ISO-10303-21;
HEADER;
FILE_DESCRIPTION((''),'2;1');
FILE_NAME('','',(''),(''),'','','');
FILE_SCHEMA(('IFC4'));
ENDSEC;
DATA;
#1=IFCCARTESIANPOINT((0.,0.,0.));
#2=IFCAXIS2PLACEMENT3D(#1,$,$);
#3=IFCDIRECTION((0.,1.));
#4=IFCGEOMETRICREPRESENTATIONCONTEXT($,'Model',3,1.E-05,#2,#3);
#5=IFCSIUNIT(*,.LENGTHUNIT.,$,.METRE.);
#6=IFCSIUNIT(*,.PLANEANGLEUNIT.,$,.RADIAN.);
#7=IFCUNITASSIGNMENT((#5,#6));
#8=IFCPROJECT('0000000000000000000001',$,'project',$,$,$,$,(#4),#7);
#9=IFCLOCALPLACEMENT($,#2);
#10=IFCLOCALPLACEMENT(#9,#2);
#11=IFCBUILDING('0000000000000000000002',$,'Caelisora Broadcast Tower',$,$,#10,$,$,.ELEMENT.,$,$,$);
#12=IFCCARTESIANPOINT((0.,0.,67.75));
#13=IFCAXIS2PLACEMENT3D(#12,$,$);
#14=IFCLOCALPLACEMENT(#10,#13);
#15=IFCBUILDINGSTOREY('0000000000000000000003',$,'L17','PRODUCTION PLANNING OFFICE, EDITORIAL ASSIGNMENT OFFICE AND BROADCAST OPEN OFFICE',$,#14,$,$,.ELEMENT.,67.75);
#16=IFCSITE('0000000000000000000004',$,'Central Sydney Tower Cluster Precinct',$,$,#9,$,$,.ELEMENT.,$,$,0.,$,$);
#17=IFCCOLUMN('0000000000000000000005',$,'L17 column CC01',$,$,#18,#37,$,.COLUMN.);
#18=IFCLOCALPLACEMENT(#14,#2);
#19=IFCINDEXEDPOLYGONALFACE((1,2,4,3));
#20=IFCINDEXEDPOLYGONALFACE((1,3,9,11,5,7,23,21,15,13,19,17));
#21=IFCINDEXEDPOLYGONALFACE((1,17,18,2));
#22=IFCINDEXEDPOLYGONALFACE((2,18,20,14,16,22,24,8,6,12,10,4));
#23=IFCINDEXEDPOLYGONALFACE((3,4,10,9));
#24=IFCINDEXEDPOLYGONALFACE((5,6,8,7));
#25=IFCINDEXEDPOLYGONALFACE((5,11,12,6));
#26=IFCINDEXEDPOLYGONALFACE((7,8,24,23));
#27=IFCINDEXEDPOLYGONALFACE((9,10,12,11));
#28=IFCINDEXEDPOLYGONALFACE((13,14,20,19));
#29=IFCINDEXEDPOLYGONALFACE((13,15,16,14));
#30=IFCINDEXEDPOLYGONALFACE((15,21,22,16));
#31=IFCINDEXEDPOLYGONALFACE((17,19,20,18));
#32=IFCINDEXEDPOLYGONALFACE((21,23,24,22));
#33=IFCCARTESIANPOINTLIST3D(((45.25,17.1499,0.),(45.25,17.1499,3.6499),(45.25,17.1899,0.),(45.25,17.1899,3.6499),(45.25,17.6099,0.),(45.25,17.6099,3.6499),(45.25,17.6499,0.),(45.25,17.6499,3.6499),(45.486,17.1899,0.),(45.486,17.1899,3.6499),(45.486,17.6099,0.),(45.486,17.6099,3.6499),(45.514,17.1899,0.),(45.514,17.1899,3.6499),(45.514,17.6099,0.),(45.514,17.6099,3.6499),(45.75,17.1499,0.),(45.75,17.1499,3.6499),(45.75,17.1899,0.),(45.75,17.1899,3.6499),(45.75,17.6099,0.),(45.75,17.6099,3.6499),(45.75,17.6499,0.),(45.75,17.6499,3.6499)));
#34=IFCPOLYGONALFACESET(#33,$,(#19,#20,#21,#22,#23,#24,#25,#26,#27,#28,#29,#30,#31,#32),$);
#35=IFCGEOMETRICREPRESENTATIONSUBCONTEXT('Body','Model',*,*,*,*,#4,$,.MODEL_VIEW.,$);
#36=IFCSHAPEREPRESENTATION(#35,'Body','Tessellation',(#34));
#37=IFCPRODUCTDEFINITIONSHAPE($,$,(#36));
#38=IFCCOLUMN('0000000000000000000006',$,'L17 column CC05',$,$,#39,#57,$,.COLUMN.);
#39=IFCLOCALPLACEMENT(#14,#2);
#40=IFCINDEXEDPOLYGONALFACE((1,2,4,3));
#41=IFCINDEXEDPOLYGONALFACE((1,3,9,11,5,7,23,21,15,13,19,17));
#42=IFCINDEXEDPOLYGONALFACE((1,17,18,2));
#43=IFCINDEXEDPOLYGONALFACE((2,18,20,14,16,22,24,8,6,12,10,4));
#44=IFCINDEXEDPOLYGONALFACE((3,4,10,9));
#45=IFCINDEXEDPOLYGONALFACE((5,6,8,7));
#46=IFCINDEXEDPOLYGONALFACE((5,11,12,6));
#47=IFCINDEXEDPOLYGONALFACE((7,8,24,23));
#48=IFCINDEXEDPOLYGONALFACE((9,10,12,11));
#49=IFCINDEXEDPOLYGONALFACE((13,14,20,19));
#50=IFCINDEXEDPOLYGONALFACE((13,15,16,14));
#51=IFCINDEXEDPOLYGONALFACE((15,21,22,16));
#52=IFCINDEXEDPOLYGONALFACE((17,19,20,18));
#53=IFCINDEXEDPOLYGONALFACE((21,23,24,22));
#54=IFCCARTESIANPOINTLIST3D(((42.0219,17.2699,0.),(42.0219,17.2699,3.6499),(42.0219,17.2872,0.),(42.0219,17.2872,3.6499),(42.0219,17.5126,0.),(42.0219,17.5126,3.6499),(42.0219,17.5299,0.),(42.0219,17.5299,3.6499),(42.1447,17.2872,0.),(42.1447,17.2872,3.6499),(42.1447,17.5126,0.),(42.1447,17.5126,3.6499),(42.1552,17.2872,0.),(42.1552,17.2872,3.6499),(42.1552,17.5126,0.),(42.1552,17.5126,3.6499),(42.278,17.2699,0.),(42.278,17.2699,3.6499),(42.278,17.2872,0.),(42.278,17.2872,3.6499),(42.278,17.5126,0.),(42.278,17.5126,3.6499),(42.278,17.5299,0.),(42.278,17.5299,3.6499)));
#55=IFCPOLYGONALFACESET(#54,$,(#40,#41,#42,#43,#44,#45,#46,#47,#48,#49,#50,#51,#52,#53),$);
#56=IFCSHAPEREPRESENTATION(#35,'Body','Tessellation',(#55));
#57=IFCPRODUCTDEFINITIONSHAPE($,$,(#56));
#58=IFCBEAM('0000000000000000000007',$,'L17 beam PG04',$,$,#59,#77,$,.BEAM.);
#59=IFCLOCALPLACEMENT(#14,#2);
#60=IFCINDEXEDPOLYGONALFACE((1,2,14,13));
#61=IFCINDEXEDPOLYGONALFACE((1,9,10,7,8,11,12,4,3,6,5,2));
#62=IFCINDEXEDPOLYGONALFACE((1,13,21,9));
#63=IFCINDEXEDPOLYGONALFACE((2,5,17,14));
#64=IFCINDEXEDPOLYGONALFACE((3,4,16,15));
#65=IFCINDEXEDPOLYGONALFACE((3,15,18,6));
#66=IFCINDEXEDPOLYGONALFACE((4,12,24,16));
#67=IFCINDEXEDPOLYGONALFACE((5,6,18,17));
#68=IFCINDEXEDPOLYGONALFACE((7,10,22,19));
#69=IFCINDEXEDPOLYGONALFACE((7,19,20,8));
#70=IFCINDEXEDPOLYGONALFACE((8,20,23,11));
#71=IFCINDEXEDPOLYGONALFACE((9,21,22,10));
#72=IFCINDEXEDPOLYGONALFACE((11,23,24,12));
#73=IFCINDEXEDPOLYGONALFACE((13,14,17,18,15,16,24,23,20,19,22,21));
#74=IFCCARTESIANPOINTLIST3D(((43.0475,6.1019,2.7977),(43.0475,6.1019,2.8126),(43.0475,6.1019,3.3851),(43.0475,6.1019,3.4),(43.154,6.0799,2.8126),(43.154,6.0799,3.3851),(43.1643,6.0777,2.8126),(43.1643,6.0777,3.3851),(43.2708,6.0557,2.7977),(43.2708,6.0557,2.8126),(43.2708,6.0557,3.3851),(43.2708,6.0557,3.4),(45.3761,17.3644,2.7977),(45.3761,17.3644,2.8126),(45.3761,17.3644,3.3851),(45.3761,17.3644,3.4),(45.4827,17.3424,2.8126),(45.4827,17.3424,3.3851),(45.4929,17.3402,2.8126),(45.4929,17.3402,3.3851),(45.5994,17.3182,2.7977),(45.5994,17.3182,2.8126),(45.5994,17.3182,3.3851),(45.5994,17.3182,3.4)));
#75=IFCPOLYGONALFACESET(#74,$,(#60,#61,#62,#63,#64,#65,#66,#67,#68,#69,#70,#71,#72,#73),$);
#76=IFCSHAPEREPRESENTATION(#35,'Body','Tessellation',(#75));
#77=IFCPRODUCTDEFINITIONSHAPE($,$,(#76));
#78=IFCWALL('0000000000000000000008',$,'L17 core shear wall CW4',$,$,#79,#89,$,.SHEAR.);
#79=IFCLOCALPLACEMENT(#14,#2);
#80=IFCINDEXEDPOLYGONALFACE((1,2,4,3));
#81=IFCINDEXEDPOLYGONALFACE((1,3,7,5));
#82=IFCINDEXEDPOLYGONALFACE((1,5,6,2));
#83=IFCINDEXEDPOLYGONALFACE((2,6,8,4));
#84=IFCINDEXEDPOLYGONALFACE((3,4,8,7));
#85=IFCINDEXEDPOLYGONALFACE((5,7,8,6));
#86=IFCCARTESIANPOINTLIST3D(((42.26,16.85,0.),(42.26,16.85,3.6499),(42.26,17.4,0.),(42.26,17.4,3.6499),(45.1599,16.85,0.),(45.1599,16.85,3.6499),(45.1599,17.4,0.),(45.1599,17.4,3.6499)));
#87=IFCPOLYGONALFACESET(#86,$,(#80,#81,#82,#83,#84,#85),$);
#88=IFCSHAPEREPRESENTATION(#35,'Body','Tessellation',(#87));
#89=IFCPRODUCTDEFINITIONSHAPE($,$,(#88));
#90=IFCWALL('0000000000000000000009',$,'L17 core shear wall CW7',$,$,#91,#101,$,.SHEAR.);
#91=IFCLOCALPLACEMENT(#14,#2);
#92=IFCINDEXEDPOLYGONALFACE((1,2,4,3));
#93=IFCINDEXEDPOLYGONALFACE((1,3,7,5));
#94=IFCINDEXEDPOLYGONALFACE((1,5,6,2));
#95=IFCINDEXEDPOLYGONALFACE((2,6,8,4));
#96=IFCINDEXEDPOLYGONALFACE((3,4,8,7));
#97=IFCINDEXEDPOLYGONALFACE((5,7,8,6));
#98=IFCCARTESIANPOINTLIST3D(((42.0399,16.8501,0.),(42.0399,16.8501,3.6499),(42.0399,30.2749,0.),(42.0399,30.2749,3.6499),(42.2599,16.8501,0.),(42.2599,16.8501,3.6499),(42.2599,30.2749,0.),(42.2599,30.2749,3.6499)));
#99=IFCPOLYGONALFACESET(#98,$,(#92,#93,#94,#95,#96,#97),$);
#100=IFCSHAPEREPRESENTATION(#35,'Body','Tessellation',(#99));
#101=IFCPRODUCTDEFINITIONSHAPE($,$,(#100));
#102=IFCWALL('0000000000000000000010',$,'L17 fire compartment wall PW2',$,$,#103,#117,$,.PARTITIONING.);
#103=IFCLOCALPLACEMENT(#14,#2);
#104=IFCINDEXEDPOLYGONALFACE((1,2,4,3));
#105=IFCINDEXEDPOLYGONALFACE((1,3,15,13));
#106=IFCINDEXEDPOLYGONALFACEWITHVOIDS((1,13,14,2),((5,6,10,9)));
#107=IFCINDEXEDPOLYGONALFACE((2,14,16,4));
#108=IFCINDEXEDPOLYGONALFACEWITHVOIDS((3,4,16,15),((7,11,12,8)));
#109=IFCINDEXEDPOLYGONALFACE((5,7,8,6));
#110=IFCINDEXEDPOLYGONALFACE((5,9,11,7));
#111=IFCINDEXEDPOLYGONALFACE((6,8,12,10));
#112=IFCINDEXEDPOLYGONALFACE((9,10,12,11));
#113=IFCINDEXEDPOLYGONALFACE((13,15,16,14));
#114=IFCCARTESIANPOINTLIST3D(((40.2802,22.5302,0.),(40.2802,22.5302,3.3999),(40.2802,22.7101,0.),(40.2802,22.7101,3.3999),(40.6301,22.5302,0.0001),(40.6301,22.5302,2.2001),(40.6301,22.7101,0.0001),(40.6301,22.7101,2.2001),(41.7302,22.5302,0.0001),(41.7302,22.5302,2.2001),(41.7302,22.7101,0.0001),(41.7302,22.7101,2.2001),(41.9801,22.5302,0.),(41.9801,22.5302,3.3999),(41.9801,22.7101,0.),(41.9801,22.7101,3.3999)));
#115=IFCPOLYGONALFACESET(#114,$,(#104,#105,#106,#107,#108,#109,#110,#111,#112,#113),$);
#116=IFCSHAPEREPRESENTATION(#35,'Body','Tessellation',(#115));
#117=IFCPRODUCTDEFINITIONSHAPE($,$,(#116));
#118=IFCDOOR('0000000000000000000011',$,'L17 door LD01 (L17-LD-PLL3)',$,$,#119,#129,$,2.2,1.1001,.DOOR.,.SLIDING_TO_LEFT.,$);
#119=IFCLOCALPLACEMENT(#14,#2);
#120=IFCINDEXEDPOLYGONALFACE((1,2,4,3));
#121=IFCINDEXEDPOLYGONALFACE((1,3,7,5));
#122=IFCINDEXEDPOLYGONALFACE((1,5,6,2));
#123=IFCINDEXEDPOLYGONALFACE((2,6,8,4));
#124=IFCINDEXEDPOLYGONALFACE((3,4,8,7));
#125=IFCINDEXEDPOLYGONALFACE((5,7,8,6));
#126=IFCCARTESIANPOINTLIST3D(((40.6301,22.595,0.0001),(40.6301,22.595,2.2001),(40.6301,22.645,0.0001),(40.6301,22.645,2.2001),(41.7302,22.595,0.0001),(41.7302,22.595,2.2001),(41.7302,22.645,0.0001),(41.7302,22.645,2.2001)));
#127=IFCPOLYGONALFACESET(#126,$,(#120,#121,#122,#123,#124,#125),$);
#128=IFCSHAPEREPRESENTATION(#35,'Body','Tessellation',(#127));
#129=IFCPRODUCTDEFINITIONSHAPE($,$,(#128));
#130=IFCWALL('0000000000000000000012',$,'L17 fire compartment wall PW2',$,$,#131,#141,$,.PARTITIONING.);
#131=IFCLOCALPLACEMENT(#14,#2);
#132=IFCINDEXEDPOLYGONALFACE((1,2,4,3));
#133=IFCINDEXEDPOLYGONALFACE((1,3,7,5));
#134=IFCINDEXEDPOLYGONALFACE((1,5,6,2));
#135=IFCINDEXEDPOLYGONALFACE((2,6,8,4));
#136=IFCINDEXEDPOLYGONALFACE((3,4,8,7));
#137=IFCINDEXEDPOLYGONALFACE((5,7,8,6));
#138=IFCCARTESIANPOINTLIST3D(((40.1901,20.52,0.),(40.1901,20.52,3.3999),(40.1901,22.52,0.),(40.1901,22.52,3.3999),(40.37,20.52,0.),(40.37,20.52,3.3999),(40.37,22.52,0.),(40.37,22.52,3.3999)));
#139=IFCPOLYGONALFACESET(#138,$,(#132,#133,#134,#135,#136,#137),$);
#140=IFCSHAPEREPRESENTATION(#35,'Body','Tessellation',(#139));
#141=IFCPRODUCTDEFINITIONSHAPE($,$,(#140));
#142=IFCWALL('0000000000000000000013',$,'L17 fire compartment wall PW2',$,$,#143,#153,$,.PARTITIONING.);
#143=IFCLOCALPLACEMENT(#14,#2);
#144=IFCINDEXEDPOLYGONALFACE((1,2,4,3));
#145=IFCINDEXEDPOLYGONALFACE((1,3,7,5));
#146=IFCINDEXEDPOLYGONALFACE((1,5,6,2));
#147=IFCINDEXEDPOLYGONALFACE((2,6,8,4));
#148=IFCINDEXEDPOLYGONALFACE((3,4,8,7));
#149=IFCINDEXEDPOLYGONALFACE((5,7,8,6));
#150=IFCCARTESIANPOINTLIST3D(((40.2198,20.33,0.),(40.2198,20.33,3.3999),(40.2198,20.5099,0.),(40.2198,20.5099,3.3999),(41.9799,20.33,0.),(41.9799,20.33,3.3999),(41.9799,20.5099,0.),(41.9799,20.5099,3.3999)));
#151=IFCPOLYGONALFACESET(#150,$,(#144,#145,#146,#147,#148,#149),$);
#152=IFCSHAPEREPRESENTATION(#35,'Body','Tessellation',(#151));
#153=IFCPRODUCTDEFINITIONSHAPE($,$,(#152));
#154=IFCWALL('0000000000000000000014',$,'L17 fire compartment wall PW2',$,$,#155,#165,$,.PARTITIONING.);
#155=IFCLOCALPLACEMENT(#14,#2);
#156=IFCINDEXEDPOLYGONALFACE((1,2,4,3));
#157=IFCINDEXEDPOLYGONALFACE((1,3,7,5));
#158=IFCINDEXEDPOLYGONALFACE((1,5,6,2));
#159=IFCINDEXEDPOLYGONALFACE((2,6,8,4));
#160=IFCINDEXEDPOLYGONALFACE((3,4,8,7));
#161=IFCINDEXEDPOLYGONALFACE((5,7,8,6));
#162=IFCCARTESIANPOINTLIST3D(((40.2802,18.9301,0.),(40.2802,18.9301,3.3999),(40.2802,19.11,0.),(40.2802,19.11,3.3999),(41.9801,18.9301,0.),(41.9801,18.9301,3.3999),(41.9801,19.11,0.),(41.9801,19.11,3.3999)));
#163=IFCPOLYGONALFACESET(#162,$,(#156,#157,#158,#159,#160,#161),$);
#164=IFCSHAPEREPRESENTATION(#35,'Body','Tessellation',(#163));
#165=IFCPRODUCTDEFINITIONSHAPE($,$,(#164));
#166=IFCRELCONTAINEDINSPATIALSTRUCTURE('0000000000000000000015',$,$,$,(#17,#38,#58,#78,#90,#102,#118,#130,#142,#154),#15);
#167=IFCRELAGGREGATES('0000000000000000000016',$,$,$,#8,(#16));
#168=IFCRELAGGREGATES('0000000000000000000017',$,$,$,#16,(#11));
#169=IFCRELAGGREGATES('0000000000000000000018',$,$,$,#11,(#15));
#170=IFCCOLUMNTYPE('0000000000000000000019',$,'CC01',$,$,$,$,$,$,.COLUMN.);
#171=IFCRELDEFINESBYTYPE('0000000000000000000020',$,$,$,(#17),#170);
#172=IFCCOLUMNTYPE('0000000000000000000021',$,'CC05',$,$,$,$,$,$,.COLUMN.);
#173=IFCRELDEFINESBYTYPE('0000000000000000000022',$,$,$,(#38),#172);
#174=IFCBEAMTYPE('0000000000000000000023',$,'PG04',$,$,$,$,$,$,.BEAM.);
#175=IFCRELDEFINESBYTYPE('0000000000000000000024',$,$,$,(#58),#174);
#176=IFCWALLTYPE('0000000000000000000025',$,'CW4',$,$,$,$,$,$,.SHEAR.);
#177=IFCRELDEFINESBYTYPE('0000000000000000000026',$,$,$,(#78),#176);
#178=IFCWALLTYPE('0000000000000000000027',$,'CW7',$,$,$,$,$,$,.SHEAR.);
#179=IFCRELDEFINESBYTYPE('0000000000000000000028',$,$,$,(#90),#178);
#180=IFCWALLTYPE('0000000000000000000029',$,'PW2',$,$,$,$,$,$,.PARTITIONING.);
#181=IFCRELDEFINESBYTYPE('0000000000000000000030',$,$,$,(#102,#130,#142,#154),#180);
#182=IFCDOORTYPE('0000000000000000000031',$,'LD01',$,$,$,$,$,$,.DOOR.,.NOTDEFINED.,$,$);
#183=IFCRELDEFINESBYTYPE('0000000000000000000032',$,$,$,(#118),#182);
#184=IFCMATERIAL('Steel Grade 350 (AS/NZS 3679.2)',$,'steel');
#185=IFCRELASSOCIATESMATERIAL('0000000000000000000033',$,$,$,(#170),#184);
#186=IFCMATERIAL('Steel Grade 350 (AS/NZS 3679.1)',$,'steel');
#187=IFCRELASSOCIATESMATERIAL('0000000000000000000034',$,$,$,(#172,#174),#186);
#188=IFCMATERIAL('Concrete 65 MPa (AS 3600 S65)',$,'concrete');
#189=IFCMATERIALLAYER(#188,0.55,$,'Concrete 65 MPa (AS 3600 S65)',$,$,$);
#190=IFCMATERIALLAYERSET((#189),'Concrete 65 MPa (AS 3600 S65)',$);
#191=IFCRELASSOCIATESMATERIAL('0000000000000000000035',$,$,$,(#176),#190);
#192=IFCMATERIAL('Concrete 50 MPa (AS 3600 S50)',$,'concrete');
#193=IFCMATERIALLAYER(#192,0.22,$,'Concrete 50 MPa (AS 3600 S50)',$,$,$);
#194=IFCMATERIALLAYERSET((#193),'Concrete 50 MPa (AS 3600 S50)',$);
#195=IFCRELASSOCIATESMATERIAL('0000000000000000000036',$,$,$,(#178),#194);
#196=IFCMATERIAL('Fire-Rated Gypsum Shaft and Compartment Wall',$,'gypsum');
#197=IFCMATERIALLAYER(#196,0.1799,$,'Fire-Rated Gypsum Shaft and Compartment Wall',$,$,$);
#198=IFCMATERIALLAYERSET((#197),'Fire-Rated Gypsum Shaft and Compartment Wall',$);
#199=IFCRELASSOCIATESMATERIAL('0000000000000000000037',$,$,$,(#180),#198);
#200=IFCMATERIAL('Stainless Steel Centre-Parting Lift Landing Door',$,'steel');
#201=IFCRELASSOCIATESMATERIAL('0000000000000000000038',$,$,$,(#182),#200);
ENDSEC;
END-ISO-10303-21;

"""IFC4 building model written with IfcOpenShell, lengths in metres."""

from ifc_helpers import new_model, si_unit, direction, frame, frame_2d, origin, origin_2d, place, context, subcontext, project, spatial, rectangle, i_section, extrude, source, transform, mapped, material, layer, layer_set, material_profile, profile_set, type_object, type_shapes, element, fill, save


model = new_model("IFC4")

# Units and contexts
model_context = context("Model", 3, precision=1e-05, world=origin(), true_north=direction((0.0, 1.0)))
body_context = subcontext(model_context, "Body", "Model", "MODEL_VIEW")
ifc_project = project(units=[si_unit("LENGTHUNIT", "METRE"), si_unit("PLANEANGLEUNIT", "RADIAN")], contexts=[model_context])

# Site, building, storey
site_placement = place(None, origin())
site = spatial("IfcSite", under=ifc_project, at=site_placement, Name="Central Sydney Tower Cluster Precinct", CompositionType="ELEMENT", RefElevation=0.0)
building_placement = place(site_placement, origin())
building = spatial("IfcBuilding", under=site, at=building_placement, Name="Caelisora Broadcast Tower", CompositionType="ELEMENT")
storey_placement = place(building_placement, frame((0.0, 0.0, 67.75)))
storey = spatial("IfcBuildingStorey", under=building, at=storey_placement, Name="L17", Description="PRODUCTION PLANNING OFFICE, EDITORIAL ASSIGNMENT OFFICE AND BROADCAST OPEN OFFICE", CompositionType="ELEMENT", Elevation=67.75)

# Columns
ifc_material_1 = material(Name="Steel Grade 350 (AS/NZS 3679.2)", Category="steel")
ifc_material_profile_1 = material_profile(ifc_material_1, i_section(OverallWidth=0.5, OverallDepth=0.5, WebThickness=0.0281, FlangeThickness=0.04, at=origin_2d()), Name="Steel Grade 350 (AS/NZS 3679.2)")
ifc_profile_set_1 = profile_set([ifc_material_profile_1], Name="Steel Grade 350 (AS/NZS 3679.2)")
column_type_1 = type_object("IfcColumnType", Name="CC01", PredefinedType="COLUMN", material=ifc_profile_set_1)
shared_shape_1 = source(origin(), body_context, "Body", "SweptSolid", [
    extrude(i_section(OverallWidth=0.5, OverallDepth=0.5, WebThickness=0.0281, FlangeThickness=0.04, at=origin_2d()), origin(), (0.0, 0.0, 1.0), 3.6499),
])
type_shapes(column_type_1, [shared_shape_1])
column_1_placement = place(storey_placement, frame((45.5, 17.3999, 0.0), z_axis=(0.0, 0.0, 1.0), x_axis=(1.0, 0.0, 0.0)))
element("IfcColumn", 1, at=column_1_placement, inside=storey, type_object=column_type_1, Name="L17 column CC01", PredefinedType="COLUMN", context=body_context, shape_type="MappedRepresentation", body=[
    mapped(shared_shape_1, transform((0.0, 0.0, 0.0), scale=1.0)),
])
ifc_material_2 = material(Name="Steel Grade 350 (AS/NZS 3679.1)", Category="steel")
ifc_material_profile_2 = material_profile(ifc_material_2, i_section(OverallWidth=0.2561, OverallDepth=0.26, WebThickness=0.0105, FlangeThickness=0.0173, at=origin_2d()), Name="Steel Grade 350 (AS/NZS 3679.1)")
ifc_profile_set_2 = profile_set([ifc_material_profile_2], Name="Steel Grade 350 (AS/NZS 3679.1)")
column_type_2 = type_object("IfcColumnType", Name="CC05", PredefinedType="COLUMN", material=ifc_profile_set_2)
shared_shape_2 = source(origin(), body_context, "Body", "SweptSolid", [
    extrude(i_section(OverallWidth=0.2561, OverallDepth=0.26, WebThickness=0.0105, FlangeThickness=0.0173, at=origin_2d()), origin(), (0.0, 0.0, 1.0), 3.6499),
])
type_shapes(column_type_2, [shared_shape_2])
column_2_placement = place(storey_placement, frame((42.1499, 17.3999, 0.0), z_axis=(0.0, 0.0, 1.0), x_axis=(1.0, 0.0, 0.0)))
element("IfcColumn", 2, at=column_2_placement, inside=storey, type_object=column_type_2, Name="L17 column CC05", PredefinedType="COLUMN", context=body_context, shape_type="MappedRepresentation", body=[
    mapped(shared_shape_2, transform((0.0, 0.0, 0.0), scale=1.0)),
])

# Beam
ifc_material_profile_3 = material_profile(ifc_material_2, i_section(OverallWidth=0.228, OverallDepth=0.6023, WebThickness=0.0105, FlangeThickness=0.0149, at=origin_2d()), Name="Steel Grade 350 (AS/NZS 3679.1)")
ifc_profile_set_3 = profile_set([ifc_material_profile_3], Name="Steel Grade 350 (AS/NZS 3679.1)")
beam_type = type_object("IfcBeamType", Name="PG04", PredefinedType="BEAM", material=ifc_profile_set_3)
shared_shape_3 = source(origin(), body_context, "Body", "SweptSolid", [
    extrude(i_section(OverallWidth=0.228, OverallDepth=0.6023, WebThickness=0.0105, FlangeThickness=0.0149, at=origin_2d()), origin(), (0.0, 0.0, 1.0), 11.5007),
])
type_shapes(beam_type, [shared_shape_3])
beam_placement = place(storey_placement, frame((45.4878, 17.3413, 3.0989), z_axis=(-0.202476, -0.979287, 0.0), x_axis=(0.979287, -0.202476, 0.0)))
element("IfcBeam", 3, at=beam_placement, inside=storey, type_object=beam_type, Name="L17 beam PG04", PredefinedType="BEAM", context=body_context, shape_type="MappedRepresentation", body=[
    mapped(shared_shape_3, transform((0.0, 0.0, 0.0), scale=1.0)),
])

# Shared definitions
ifc_material_3 = material(Name="Concrete 65 MPa (AS 3600 S65)", Category="concrete")

# Walls
ifc_layer_1 = layer(ifc_material_3, 0.55, Name="Concrete 65 MPa (AS 3600 S65)")
ifc_layer_set_1 = layer_set([ifc_layer_1], Name="Concrete 65 MPa (AS 3600 S65)")
wall_type_1 = type_object("IfcWallType", Name="CW4", PredefinedType="SHEAR", material=ifc_layer_set_1)
wall_1_placement = place(storey_placement, frame((42.26, 17.125, 0.0), z_axis=(0.0, 0.0, 1.0), x_axis=(1.0, 0.0, 0.0)))
element("IfcWall", 4, at=wall_1_placement, inside=storey, type_object=wall_type_1, Name="L17 core shear wall CW4", PredefinedType="SHEAR", context=body_context, shape_type="SweptSolid", body=[
    extrude(rectangle(XDim=2.8999, YDim=0.55, at=frame_2d((1.45, 0.0))), origin(), (0.0, 0.0, 1.0), 3.6499),
])
ifc_material_4 = material(Name="Concrete 50 MPa (AS 3600 S50)", Category="concrete")
ifc_layer_2 = layer(ifc_material_4, 0.22, Name="Concrete 50 MPa (AS 3600 S50)")
ifc_layer_set_2 = layer_set([ifc_layer_2], Name="Concrete 50 MPa (AS 3600 S50)")
wall_type_2 = type_object("IfcWallType", Name="CW7", PredefinedType="SHEAR", material=ifc_layer_set_2)
wall_2_placement = place(storey_placement, frame((42.1499, 16.8501, 0.0), z_axis=(0.0, 0.0, 1.0), x_axis=(0.0, 1.0, 0.0)))
element("IfcWall", 5, at=wall_2_placement, inside=storey, type_object=wall_type_2, Name="L17 core shear wall CW7", PredefinedType="SHEAR", context=body_context, shape_type="SweptSolid", body=[
    extrude(rectangle(XDim=13.4248, YDim=0.22, at=frame_2d((6.7124, 0.0))), origin(), (0.0, 0.0, 1.0), 3.6499),
])

# Wall, opening, door
ifc_material_5 = material(Name="Fire-Rated Gypsum Shaft and Compartment Wall", Category="gypsum")
ifc_layer_3 = layer(ifc_material_5, 0.1799, Name="Fire-Rated Gypsum Shaft and Compartment Wall")
ifc_layer_set_3 = layer_set([ifc_layer_3], Name="Fire-Rated Gypsum Shaft and Compartment Wall")
wall_type_3 = type_object("IfcWallType", Name="PW2", PredefinedType="PARTITIONING", material=ifc_layer_set_3)
wall_3_placement = place(storey_placement, frame((40.28, 22.6201, 0.0), z_axis=(0.0, 0.0, 1.0), x_axis=(1.0, 0.0, 0.0)))
wall_3 = element("IfcWall", 6, at=wall_3_placement, inside=storey, type_object=wall_type_3, Name="L17 fire compartment wall PW2", PredefinedType="PARTITIONING", context=body_context, shape_type="SweptSolid", body=[
    extrude(rectangle(XDim=1.7, YDim=0.1799, at=frame_2d((0.8501, 0.0))), origin(), (0.0, 0.0, 1.0), 3.3999),
])
opening_1_placement = place(wall_3_placement, frame((0.3501, 0.0, 0.0)))
opening_1 = element("IfcOpeningElement", 7, at=opening_1_placement, cuts=wall_3, PredefinedType="OPENING", context=body_context, shape_type="SweptSolid", body=[
    extrude(rectangle(XDim=1.1001, YDim=2.2, at=frame_2d((0.55, 1.1001))), frame((0.0, 0.1021, 0.0), z_axis=(0.0, -1.0, 0.0), x_axis=(1.0, 0.0, 0.0)), (0.0, 0.0, 1.0), 0.2039),
])
ifc_material_6 = material(Name="Stainless Steel Centre-Parting Lift Landing Door", Category="steel")
door_type_1 = type_object("IfcDoorType", Name="LD01", OperationType="NOTDEFINED", PredefinedType="DOOR", material=ifc_material_6)
door_1_placement = place(opening_1_placement, origin())
door_1 = element("IfcDoor", 8, at=door_1_placement, inside=storey, type_object=door_type_1, Name="L17 door LD01 (L17-LD-PLL3)", OperationType="SLIDING_TO_LEFT", OverallHeight=2.2, OverallWidth=1.1001, PredefinedType="DOOR", context=body_context, shape_type="SweptSolid", body=[
    extrude(rectangle(XDim=1.1001, YDim=2.2, at=frame_2d((0.55, 1.1001))), frame((0.0, 0.0249, 0.0), z_axis=(0.0, -1.0, 0.0), x_axis=(1.0, 0.0, 0.0)), (0.0, 0.0, 1.0), 0.05),
])
fill(opening_1, door_1)

# Walls
wall_4_placement = place(storey_placement, frame((40.28, 20.52, 0.0), z_axis=(0.0, 0.0, 1.0), x_axis=(0.0, 1.0, 0.0)))
element("IfcWall", 9, at=wall_4_placement, inside=storey, type_object=wall_type_3, Name="L17 fire compartment wall PW2", PredefinedType="PARTITIONING", context=body_context, shape_type="SweptSolid", body=[
    extrude(rectangle(XDim=2.0, YDim=0.1799, at=frame_2d((1.0, 0.0))), origin(), (0.0, 0.0, 1.0), 3.3999),
])
wall_5_placement = place(storey_placement, frame((40.22, 20.4199, 0.0), z_axis=(0.0, 0.0, 1.0), x_axis=(1.0, 0.0, 0.0)))
element("IfcWall", 10, at=wall_5_placement, inside=storey, type_object=wall_type_3, Name="L17 fire compartment wall PW2", PredefinedType="PARTITIONING", context=body_context, shape_type="SweptSolid", body=[
    extrude(rectangle(XDim=1.76, YDim=0.1799, at=frame_2d((0.8799, 0.0))), origin(), (0.0, 0.0, 1.0), 3.3999),
])
wall_6_placement = place(storey_placement, frame((40.28, 19.02, 0.0), z_axis=(0.0, 0.0, 1.0), x_axis=(1.0, 0.0, 0.0)))
element("IfcWall", 11, at=wall_6_placement, inside=storey, type_object=wall_type_3, Name="L17 fire compartment wall PW2", PredefinedType="PARTITIONING", context=body_context, shape_type="SweptSolid", body=[
    extrude(rectangle(XDim=1.7, YDim=0.1799, at=frame_2d((0.8501, 0.0))), origin(), (0.0, 0.0, 1.0), 3.3999),
])

save(model, "model.ifc")
